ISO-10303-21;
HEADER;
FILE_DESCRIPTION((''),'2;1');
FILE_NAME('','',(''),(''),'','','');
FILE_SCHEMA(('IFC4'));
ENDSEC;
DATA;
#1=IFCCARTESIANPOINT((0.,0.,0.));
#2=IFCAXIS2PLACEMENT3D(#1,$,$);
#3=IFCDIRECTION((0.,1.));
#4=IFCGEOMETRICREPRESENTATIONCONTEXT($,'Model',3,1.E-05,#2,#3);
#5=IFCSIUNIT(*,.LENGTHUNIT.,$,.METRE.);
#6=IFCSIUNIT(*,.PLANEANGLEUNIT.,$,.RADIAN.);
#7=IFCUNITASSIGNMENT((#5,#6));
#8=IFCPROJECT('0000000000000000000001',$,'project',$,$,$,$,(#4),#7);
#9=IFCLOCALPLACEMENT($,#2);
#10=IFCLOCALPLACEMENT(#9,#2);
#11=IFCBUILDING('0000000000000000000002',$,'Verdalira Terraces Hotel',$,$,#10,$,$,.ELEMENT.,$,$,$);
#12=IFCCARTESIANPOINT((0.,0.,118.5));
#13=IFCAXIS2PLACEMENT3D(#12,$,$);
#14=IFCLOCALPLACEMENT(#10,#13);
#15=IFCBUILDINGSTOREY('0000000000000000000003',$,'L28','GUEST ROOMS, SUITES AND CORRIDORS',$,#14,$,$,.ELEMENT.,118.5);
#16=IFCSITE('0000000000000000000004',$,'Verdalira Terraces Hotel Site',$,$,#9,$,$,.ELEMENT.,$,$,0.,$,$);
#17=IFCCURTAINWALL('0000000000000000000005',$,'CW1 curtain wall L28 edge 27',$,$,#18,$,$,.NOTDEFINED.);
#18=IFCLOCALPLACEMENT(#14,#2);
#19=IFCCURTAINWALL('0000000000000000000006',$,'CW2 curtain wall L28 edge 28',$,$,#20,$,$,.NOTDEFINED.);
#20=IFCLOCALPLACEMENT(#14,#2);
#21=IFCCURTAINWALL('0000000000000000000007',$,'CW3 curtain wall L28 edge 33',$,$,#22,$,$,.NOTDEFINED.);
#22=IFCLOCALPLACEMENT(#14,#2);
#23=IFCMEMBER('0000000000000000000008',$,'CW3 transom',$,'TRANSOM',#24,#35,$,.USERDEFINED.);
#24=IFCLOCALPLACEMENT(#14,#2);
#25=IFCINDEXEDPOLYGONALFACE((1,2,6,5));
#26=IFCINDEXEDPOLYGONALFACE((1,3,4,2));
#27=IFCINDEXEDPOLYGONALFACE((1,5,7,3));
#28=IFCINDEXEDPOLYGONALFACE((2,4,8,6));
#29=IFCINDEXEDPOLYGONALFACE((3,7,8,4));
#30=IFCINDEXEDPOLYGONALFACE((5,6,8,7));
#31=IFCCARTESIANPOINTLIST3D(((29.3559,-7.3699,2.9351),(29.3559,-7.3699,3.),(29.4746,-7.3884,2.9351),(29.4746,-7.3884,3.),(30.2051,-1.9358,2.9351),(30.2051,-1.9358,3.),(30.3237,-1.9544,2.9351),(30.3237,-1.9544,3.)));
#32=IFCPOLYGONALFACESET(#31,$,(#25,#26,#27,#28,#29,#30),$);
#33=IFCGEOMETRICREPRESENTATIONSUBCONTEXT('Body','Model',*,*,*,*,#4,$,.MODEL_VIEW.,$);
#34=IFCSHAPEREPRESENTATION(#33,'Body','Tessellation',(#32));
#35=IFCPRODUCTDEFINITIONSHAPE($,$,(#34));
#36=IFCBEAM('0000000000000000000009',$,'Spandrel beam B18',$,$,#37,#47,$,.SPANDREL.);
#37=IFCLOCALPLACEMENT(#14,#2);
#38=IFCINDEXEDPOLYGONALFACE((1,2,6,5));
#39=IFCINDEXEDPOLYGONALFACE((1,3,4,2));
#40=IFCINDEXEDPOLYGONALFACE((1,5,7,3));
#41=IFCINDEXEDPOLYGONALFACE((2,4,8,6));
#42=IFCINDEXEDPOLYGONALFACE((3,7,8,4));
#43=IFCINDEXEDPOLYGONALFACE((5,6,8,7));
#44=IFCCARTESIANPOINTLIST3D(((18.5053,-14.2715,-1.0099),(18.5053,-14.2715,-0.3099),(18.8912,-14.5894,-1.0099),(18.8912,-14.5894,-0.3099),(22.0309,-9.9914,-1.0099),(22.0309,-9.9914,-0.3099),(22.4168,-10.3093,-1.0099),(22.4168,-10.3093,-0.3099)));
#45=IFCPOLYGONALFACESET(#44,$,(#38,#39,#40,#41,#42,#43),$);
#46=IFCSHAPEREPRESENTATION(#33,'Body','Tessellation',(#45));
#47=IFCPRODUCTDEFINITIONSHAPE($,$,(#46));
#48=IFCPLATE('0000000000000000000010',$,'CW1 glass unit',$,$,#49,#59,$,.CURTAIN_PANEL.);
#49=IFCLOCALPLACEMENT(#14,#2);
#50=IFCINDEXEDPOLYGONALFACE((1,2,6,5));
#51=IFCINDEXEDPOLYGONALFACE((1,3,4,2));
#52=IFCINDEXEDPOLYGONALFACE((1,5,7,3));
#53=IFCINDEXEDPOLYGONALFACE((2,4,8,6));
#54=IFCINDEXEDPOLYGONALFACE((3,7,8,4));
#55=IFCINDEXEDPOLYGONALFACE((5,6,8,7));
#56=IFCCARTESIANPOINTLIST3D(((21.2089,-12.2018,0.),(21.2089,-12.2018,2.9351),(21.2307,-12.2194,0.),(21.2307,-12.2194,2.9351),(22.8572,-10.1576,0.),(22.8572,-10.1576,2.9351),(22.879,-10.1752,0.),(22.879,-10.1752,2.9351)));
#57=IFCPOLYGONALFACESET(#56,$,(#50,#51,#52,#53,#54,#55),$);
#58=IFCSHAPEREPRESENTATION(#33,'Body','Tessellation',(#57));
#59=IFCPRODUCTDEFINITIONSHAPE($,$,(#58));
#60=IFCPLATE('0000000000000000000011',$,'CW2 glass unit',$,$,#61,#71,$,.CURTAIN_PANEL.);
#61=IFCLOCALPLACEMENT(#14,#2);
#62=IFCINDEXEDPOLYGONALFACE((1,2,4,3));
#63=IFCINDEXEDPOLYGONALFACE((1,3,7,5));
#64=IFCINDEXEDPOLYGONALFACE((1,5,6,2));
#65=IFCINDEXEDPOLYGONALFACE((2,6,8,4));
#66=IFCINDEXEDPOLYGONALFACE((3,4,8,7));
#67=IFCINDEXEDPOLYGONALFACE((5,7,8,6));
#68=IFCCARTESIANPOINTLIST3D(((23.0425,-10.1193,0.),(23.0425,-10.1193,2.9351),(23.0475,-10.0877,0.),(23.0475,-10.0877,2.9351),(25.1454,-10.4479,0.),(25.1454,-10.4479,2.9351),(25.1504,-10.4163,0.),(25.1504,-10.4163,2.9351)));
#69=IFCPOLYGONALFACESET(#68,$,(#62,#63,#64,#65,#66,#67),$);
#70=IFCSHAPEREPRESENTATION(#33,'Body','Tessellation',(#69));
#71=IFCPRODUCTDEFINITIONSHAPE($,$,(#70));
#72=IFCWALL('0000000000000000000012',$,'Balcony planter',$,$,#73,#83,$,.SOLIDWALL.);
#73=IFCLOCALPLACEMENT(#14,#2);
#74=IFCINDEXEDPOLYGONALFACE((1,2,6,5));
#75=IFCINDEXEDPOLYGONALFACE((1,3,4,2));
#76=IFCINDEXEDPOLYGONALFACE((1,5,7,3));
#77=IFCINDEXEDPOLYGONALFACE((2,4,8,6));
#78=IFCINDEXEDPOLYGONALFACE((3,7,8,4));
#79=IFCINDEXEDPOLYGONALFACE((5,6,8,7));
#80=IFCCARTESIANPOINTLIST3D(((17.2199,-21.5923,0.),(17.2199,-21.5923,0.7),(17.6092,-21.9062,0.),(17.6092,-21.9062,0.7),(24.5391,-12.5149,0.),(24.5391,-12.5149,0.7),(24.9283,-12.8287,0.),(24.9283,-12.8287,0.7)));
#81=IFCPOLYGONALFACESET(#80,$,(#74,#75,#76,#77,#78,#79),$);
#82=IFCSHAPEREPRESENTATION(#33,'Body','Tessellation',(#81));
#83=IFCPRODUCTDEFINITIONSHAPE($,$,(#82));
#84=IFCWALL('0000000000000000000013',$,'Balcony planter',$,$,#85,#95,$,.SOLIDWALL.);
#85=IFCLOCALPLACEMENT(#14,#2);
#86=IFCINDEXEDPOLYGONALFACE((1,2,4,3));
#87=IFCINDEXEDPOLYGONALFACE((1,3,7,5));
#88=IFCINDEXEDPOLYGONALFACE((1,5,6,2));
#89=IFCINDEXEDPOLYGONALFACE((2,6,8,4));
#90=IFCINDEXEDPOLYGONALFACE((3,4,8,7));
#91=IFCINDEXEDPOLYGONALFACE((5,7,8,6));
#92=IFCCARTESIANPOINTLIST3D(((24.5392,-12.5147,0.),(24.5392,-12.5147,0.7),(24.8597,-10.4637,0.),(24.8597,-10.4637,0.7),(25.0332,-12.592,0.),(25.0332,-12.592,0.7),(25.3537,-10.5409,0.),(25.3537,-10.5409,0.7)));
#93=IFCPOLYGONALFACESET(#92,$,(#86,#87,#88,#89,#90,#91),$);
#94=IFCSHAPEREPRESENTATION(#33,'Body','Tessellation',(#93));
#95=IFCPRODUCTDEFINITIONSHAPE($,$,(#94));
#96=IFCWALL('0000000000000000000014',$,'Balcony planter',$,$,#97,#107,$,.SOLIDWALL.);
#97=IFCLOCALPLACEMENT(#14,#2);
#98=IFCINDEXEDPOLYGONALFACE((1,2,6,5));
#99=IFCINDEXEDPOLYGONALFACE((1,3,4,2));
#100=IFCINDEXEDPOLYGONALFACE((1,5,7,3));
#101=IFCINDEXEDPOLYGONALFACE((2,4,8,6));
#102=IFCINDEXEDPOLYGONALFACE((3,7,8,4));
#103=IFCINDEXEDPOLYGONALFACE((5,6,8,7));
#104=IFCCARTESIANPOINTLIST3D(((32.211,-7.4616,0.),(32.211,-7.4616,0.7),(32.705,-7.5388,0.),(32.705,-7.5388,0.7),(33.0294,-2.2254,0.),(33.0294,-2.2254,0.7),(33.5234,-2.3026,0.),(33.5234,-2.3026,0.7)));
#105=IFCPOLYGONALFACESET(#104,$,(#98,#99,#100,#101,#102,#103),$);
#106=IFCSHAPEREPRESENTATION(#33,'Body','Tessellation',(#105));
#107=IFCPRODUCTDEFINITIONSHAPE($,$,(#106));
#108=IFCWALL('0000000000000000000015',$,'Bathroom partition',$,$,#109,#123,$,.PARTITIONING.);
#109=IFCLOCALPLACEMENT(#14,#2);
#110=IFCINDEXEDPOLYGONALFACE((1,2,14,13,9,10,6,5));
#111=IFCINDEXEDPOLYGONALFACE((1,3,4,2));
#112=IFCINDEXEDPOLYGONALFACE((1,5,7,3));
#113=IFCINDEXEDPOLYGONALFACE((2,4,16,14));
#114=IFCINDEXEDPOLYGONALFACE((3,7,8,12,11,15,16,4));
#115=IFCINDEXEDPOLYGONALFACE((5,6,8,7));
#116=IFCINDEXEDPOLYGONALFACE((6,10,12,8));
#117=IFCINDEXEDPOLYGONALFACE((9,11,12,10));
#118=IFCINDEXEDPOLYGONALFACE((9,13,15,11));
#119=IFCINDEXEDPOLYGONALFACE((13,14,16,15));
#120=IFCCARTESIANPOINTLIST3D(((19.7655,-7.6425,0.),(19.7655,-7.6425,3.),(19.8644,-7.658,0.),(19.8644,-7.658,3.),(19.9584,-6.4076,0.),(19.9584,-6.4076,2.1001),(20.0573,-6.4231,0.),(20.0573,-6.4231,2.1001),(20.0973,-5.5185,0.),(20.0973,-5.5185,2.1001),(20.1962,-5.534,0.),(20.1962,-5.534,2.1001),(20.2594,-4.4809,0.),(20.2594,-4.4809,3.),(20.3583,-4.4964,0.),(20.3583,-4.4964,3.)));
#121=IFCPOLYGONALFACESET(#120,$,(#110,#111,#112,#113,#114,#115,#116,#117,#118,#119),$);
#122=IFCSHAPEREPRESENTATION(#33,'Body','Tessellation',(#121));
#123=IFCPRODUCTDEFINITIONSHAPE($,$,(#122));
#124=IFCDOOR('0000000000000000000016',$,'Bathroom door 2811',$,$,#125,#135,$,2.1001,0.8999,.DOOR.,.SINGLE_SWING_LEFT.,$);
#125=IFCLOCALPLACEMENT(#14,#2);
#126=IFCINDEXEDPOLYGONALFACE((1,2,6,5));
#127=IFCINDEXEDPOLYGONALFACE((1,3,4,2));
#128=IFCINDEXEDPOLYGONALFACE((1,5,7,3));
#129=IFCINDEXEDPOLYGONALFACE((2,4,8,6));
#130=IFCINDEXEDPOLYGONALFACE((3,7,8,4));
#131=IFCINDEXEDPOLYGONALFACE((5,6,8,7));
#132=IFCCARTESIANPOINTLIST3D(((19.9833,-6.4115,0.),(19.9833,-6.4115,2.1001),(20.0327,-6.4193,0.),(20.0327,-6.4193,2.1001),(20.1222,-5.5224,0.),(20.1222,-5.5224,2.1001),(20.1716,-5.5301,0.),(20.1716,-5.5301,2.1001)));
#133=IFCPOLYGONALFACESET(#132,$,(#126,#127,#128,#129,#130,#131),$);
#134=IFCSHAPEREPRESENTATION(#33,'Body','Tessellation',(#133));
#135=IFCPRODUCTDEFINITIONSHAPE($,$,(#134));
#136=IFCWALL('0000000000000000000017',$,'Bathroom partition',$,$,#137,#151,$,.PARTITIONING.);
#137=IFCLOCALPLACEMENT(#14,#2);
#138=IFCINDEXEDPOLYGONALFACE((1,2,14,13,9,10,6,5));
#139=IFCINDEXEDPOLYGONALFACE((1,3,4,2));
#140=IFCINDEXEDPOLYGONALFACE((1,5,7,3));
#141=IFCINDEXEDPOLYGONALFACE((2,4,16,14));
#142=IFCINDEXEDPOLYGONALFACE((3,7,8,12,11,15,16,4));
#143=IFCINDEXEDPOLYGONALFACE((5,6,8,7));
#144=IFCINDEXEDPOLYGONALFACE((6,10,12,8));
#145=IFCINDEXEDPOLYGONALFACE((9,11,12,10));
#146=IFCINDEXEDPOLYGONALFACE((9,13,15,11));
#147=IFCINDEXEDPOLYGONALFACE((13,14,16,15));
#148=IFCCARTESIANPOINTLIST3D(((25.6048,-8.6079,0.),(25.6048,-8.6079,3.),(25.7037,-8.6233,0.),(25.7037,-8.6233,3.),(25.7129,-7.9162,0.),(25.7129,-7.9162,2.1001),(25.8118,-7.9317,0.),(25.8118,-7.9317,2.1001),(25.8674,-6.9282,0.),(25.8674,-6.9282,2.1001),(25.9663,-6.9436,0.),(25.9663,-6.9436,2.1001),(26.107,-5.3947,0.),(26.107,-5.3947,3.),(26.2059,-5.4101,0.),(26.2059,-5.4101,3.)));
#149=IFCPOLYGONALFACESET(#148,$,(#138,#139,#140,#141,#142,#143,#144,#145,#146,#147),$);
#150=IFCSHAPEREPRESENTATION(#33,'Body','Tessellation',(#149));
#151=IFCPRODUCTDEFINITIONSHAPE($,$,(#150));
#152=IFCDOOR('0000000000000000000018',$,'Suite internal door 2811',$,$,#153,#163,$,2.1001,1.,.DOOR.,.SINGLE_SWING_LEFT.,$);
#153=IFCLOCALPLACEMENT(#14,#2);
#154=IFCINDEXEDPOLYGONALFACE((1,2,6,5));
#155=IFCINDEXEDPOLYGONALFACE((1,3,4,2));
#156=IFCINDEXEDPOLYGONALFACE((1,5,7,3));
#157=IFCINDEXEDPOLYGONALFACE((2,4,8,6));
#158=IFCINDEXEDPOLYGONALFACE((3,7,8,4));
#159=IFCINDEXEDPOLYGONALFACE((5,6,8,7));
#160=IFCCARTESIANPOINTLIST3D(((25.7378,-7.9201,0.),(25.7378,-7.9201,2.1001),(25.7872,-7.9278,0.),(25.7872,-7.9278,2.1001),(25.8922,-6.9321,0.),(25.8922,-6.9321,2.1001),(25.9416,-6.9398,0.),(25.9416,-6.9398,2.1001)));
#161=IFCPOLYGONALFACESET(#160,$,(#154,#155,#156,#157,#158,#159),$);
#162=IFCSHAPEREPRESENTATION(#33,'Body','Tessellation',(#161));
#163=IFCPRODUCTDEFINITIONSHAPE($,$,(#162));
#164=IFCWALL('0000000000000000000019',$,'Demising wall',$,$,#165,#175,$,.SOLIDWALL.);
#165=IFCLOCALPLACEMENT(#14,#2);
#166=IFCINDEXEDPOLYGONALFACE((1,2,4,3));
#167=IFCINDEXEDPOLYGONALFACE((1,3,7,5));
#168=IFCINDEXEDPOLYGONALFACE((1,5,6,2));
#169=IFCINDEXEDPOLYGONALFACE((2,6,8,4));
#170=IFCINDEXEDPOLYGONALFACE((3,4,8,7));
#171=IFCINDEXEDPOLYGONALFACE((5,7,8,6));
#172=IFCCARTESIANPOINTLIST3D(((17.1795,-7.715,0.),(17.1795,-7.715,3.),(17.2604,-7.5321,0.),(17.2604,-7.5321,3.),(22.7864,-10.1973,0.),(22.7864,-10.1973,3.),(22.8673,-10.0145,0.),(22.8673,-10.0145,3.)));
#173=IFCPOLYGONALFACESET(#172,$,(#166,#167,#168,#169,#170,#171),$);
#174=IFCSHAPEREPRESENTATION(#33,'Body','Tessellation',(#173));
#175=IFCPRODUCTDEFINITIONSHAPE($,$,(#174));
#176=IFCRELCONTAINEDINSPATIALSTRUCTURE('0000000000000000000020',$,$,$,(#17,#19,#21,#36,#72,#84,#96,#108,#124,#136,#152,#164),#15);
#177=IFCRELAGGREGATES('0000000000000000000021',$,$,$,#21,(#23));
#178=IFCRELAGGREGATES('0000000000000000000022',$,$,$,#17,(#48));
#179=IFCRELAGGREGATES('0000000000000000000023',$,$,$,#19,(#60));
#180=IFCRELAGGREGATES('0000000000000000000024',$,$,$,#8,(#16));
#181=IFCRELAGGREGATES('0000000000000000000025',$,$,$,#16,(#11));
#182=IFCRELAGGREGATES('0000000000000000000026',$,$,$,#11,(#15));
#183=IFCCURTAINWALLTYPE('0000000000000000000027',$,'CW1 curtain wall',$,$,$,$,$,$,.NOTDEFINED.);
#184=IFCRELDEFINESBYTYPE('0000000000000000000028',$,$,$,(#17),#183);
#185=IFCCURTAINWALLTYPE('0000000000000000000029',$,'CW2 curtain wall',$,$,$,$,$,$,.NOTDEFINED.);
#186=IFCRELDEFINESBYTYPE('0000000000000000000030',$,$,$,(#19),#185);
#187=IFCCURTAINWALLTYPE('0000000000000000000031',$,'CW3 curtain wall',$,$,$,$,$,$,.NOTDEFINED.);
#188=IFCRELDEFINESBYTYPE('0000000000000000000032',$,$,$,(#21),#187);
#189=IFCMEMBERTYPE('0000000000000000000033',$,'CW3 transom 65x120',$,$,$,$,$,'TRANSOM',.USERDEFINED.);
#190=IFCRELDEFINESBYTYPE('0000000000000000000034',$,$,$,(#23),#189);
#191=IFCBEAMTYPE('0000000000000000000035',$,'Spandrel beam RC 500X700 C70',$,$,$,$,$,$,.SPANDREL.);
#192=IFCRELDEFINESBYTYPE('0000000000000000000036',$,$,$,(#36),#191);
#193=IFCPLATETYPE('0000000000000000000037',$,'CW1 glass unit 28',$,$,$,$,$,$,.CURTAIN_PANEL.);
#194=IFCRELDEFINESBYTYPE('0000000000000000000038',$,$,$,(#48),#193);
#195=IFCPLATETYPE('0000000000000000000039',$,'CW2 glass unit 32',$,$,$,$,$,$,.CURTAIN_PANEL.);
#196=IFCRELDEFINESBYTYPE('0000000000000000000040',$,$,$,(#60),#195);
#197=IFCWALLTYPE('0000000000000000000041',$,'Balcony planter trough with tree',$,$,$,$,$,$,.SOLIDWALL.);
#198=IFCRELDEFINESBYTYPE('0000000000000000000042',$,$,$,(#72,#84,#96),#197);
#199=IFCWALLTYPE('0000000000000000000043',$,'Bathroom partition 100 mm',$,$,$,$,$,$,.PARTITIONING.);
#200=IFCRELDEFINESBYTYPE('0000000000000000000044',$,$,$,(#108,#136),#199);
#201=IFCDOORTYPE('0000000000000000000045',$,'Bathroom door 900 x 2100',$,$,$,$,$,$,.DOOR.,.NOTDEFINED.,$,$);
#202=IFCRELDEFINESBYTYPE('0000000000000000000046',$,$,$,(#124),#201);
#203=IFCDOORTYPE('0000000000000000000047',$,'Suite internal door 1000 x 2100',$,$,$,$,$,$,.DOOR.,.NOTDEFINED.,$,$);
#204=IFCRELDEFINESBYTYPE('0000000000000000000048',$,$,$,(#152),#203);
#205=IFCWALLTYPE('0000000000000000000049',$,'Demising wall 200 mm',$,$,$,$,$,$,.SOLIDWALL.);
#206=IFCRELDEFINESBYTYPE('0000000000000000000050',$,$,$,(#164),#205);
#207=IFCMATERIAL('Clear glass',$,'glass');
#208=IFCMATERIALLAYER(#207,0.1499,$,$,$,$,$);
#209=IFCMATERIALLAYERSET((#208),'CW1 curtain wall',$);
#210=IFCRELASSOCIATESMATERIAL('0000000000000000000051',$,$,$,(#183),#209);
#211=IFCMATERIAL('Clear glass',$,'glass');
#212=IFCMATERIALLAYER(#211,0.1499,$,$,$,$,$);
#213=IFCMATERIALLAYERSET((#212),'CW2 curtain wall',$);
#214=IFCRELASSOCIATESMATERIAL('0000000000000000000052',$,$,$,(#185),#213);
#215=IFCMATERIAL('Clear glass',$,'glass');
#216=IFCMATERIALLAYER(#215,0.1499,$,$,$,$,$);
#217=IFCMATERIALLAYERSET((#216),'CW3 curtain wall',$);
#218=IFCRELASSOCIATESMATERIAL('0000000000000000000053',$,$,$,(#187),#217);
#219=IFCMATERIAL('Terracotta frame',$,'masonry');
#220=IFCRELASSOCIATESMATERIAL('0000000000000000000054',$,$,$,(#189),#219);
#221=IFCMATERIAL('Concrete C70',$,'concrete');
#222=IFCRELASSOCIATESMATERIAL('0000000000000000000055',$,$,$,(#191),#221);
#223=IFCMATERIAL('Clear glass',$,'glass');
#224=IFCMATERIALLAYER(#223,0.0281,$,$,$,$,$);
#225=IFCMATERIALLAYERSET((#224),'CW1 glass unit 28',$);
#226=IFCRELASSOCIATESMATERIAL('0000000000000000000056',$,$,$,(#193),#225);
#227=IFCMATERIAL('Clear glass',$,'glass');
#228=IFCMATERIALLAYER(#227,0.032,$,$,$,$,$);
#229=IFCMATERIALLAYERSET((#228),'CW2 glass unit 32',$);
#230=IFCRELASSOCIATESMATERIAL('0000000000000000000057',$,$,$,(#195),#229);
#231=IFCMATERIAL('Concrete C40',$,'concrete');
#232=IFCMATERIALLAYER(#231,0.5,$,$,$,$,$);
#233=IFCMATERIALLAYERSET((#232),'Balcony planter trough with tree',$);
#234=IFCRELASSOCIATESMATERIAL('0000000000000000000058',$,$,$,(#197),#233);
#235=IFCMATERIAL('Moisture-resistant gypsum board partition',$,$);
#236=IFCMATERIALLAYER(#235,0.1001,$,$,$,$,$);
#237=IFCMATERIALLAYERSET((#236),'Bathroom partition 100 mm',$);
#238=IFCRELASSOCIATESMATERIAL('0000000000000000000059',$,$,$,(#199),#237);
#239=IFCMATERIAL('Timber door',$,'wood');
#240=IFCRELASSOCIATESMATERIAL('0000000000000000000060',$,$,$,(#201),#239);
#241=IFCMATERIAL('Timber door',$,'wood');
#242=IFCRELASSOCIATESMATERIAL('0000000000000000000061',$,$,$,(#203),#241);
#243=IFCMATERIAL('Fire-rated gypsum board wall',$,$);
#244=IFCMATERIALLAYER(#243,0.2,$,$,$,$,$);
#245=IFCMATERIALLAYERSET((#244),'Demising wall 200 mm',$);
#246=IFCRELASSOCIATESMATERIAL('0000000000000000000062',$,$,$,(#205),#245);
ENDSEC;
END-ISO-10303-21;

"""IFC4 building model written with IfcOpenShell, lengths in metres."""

from ifc_helpers import new_model, si_unit, direction, frame, frame_2d, origin, origin_2d, place, context, subcontext, project, spatial, rectangle, extrude, material, layer, layer_set, material_profile, profile_set, type_object, element, fill, aggregate, save


model = new_model("IFC4")

# Units and contexts
model_context = context("Model", 3, precision=1e-05, world=origin(), true_north=direction((0.0, 1.0)))
body_context = subcontext(model_context, "Body", "Model", "MODEL_VIEW")
ifc_project = project(units=[si_unit("LENGTHUNIT", "METRE"), si_unit("PLANEANGLEUNIT", "RADIAN")], contexts=[model_context])

# Site, building, storey
site_placement = place(None, origin())
site = spatial("IfcSite", under=ifc_project, at=site_placement, Name="Verdalira Terraces Hotel Site", CompositionType="ELEMENT", RefElevation=0.0)
building_placement = place(site_placement, origin())
building = spatial("IfcBuilding", under=site, at=building_placement, Name="Verdalira Terraces Hotel", CompositionType="ELEMENT")
storey_placement = place(building_placement, frame((0.0, 0.0, 118.5)))
storey = spatial("IfcBuildingStorey", under=building, at=storey_placement, Name="L28", Description="GUEST ROOMS, SUITES AND CORRIDORS", CompositionType="ELEMENT", Elevation=118.5)

# Curtain wall
ifc_material_1 = material(Name="Clear glass", Category="glass")
ifc_layer_1 = layer(ifc_material_1, 0.1499)
ifc_layer_set_1 = layer_set([ifc_layer_1], Name="CW1 curtain wall")
curtain_wall_type_1 = type_object("IfcCurtainWallType", Name="CW1 curtain wall", PredefinedType="NOTDEFINED", material=ifc_layer_set_1)
curtain_wall_1_placement = place(storey_placement, origin())
curtain_wall_1 = element("IfcCurtainWall", 1, at=curtain_wall_1_placement, inside=storey, type_object=curtain_wall_type_1, Name="CW1 curtain wall L28 edge 27", PredefinedType="NOTDEFINED")

# Curtain walls, member
ifc_material_2 = material(Name="Clear glass", Category="glass")
ifc_layer_2 = layer(ifc_material_2, 0.1499)
ifc_layer_set_2 = layer_set([ifc_layer_2], Name="CW2 curtain wall")
curtain_wall_type_2 = type_object("IfcCurtainWallType", Name="CW2 curtain wall", PredefinedType="NOTDEFINED", material=ifc_layer_set_2)
curtain_wall_2_placement = place(storey_placement, origin())
curtain_wall_2 = element("IfcCurtainWall", 2, at=curtain_wall_2_placement, inside=storey, type_object=curtain_wall_type_2, Name="CW2 curtain wall L28 edge 28", PredefinedType="NOTDEFINED")
ifc_material_3 = material(Name="Clear glass", Category="glass")
ifc_layer_3 = layer(ifc_material_3, 0.1499)
ifc_layer_set_3 = layer_set([ifc_layer_3], Name="CW3 curtain wall")
curtain_wall_type_3 = type_object("IfcCurtainWallType", Name="CW3 curtain wall", PredefinedType="NOTDEFINED", material=ifc_layer_set_3)
curtain_wall_3_placement = place(storey_placement, origin())
curtain_wall_3 = element("IfcCurtainWall", 3, at=curtain_wall_3_placement, inside=storey, type_object=curtain_wall_type_3, Name="CW3 curtain wall L28 edge 33", PredefinedType="NOTDEFINED")
ifc_material_4 = material(Name="Terracotta frame", Category="masonry")
ifc_material_profile_1 = material_profile(ifc_material_4, rectangle(XDim=0.1201, YDim=0.0649, at=origin_2d()), Name="TR 65x120")
ifc_profile_set_1 = profile_set([ifc_material_profile_1], Name="Terracotta frame")
member_type_1 = type_object("IfcMemberType", Name="CW3 transom 65x120", ElementType="TRANSOM", PredefinedType="USERDEFINED", material=ifc_profile_set_1)
member_1_placement = place(storey_placement, frame((29.4153, -7.3792, 2.9675), z_axis=(0.154385, 0.988011, 0.0), x_axis=(-0.988011, 0.154385, 0.0)))
member_1 = element("IfcMember", 4, at=member_1_placement, type_object=member_type_1, Name="CW3 transom", ObjectType="TRANSOM", PredefinedType="USERDEFINED", context=body_context, shape_type="SweptSolid", body=[
    extrude(rectangle(XDim=0.1201, YDim=0.0649, at=origin_2d()), origin(), (0.0, 0.0, 1.0), 5.5),
])
aggregate(curtain_wall_3, [member_1])

# Beam
ifc_material_5 = material(Name="Concrete C70", Category="concrete")
ifc_material_profile_2 = material_profile(ifc_material_5, rectangle(XDim=0.5, YDim=0.7, at=origin_2d()), Name="RC 500X700")
ifc_profile_set_2 = profile_set([ifc_material_profile_2], Name="Concrete C70")
beam_type_1 = type_object("IfcBeamType", Name="Spandrel beam RC 500X700 C70", PredefinedType="SPANDREL", material=ifc_profile_set_2)
beam_1_placement = place(storey_placement, frame((18.6982, -14.4304, -0.6599), z_axis=(0.635804, 0.77185, 0.0), x_axis=(-0.77185, 0.635804, 0.0)))
element("IfcBeam", 5, at=beam_1_placement, inside=storey, type_object=beam_type_1, Name="Spandrel beam B18", PredefinedType="SPANDREL", context=body_context, shape_type="SweptSolid", body=[
    extrude(rectangle(XDim=0.5, YDim=0.7, at=origin_2d()), origin(), (0.0, 0.0, 1.0), 5.5452),
])

# Plates
ifc_material_6 = material(Name="Clear glass", Category="glass")
ifc_layer_4 = layer(ifc_material_6, 0.0281)
ifc_layer_set_4 = layer_set([ifc_layer_4], Name="CW1 glass unit 28")
plate_type_1 = type_object("IfcPlateType", Name="CW1 glass unit 28", PredefinedType="CURTAIN_PANEL", material=ifc_layer_set_4)
plate_1_placement = place(storey_placement, frame((22.0439, -11.1885, 0.0), z_axis=(0.0, 0.0, 1.0), x_axis=(0.627691, 0.778462, 0.0)))
plate_1 = element("IfcPlate", 6, at=plate_1_placement, type_object=plate_type_1, Name="CW1 glass unit", PredefinedType="CURTAIN_PANEL", context=body_context, shape_type="SweptSolid", body=[
    extrude(rectangle(XDim=2.626, YDim=0.0281, at=origin_2d()), origin(), (0.0, 0.0, 1.0), 2.9351),
])
aggregate(curtain_wall_1, [plate_1])
ifc_material_7 = material(Name="Clear glass", Category="glass")
ifc_layer_5 = layer(ifc_material_7, 0.032)
ifc_layer_set_5 = layer_set([ifc_layer_5], Name="CW2 glass unit 32")
plate_type_2 = type_object("IfcPlateType", Name="CW2 glass unit 32", PredefinedType="CURTAIN_PANEL", material=ifc_layer_set_5)
plate_2_placement = place(storey_placement, frame((24.0964, -10.2678, 0.0), z_axis=(0.0, 0.0, 1.0), x_axis=(0.988014, -0.154366, 0.0)))
plate_2 = element("IfcPlate", 7, at=plate_2_placement, type_object=plate_type_2, Name="CW2 glass unit", PredefinedType="CURTAIN_PANEL", context=body_context, shape_type="SweptSolid", body=[
    extrude(rectangle(XDim=2.1284, YDim=0.032, at=origin_2d()), origin(), (0.0, 0.0, 1.0), 2.9351),
])
aggregate(curtain_wall_2, [plate_2])

# Walls
ifc_material_8 = material(Name="Concrete C40", Category="concrete")
ifc_layer_6 = layer(ifc_material_8, 0.5)
ifc_layer_set_6 = layer_set([ifc_layer_6], Name="Balcony planter trough with tree")
wall_type_1 = type_object("IfcWallType", Name="Balcony planter trough with tree", PredefinedType="SOLIDWALL", material=ifc_layer_set_6)
wall_1_placement = place(storey_placement, frame((17.4146, -21.7493, 0.0), z_axis=(0.0, 0.0, 1.0), x_axis=(0.62768, 0.778471, 0.0)))
element("IfcWall", 8, at=wall_1_placement, inside=storey, type_object=wall_type_1, Name="Balcony planter", PredefinedType="SOLIDWALL", context=body_context, shape_type="SweptSolid", body=[
    extrude(rectangle(XDim=11.6606, YDim=0.5, at=frame_2d((5.8303, 0.0))), origin(), (0.0, 0.0, 1.0), 0.7),
])
wall_2_placement = place(storey_placement, frame((24.7861, -12.5535, 0.0), z_axis=(0.0, 0.0, 1.0), x_axis=(0.154416, 0.988006, 0.0)))
element("IfcWall", 9, at=wall_2_placement, inside=storey, type_object=wall_type_1, Name="Balcony planter", PredefinedType="SOLIDWALL", context=body_context, shape_type="SweptSolid", body=[
    extrude(rectangle(XDim=2.0759, YDim=0.5, at=frame_2d((1.0381, 0.0))), origin(), (0.0, 0.0, 1.0), 0.7),
])
wall_3_placement = place(storey_placement, frame((32.458, -7.5002, 0.0), z_axis=(0.0, 0.0, 1.0), x_axis=(0.154411, 0.988007, 0.0)))
element("IfcWall", 10, at=wall_3_placement, inside=storey, type_object=wall_type_1, Name="Balcony planter", PredefinedType="SOLIDWALL", context=body_context, shape_type="SweptSolid", body=[
    extrude(rectangle(XDim=5.2998, YDim=0.5, at=frame_2d((2.6499, 0.0))), origin(), (0.0, 0.0, 1.0), 0.7),
])

# Walls, openings, doors
ifc_material_9 = material(Name="Moisture-resistant gypsum board partition")
ifc_layer_7 = layer(ifc_material_9, 0.1001)
ifc_layer_set_7 = layer_set([ifc_layer_7], Name="Bathroom partition 100 mm")
wall_type_2 = type_object("IfcWallType", Name="Bathroom partition 100 mm", PredefinedType="PARTITIONING", material=ifc_layer_set_7)
wall_4_placement = place(storey_placement, frame((19.8149, -7.6504, 0.0), z_axis=(0.0, 0.0, 1.0), x_axis=(0.154344, 0.988017, 0.0)))
wall_4 = element("IfcWall", 11, at=wall_4_placement, inside=storey, type_object=wall_type_2, Name="Bathroom partition", PredefinedType="PARTITIONING", context=body_context, shape_type="SweptSolid", body=[
    extrude(rectangle(XDim=3.2, YDim=0.1001, at=frame_2d((1.6001, 0.0))), origin(), (0.0, 0.0, 1.0), 3.0),
])
opening_1_placement = place(wall_4_placement, frame((1.25, 0.0, 0.0)))
opening_1 = element("IfcOpeningElement", 12, at=opening_1_placement, cuts=wall_4, PredefinedType="OPENING", context=body_context, shape_type="SweptSolid", body=[
    extrude(rectangle(XDim=0.8999, YDim=2.1001, at=frame_2d((0.45, 1.05))), frame((0.0, 0.0601, 0.0), z_axis=(0.0, -1.0, 0.0), x_axis=(1.0, 0.0, 0.0)), (0.0, 0.0, 1.0), 0.1201),
])
ifc_material_10 = material(Name="Timber door", Category="wood")
door_type_1 = type_object("IfcDoorType", Name="Bathroom door 900 x 2100", OperationType="NOTDEFINED", PredefinedType="DOOR", material=ifc_material_10)
door_1_placement = place(opening_1_placement, origin())
door_1 = element("IfcDoor", 13, at=door_1_placement, inside=storey, type_object=door_type_1, Name="Bathroom door 2811", OperationType="SINGLE_SWING_LEFT", OverallHeight=2.1001, OverallWidth=0.8999, PredefinedType="DOOR", context=body_context, shape_type="SweptSolid", body=[
    extrude(rectangle(XDim=0.8999, YDim=2.1001, at=frame_2d((0.45, 1.05))), frame((0.0, 0.0249, 0.0), z_axis=(0.0, -1.0, 0.0), x_axis=(1.0, 0.0, 0.0)), (0.0, 0.0, 1.0), 0.05),
])
fill(opening_1, door_1)
wall_5_placement = place(storey_placement, frame((25.6543, -8.6155, 0.0), z_axis=(0.0, 0.0, 1.0), x_axis=(0.15442, 0.988005, 0.0)))
wall_5 = element("IfcWall", 14, at=wall_5_placement, inside=storey, type_object=wall_type_2, Name="Bathroom partition", PredefinedType="PARTITIONING", context=body_context, shape_type="SweptSolid", body=[
    extrude(rectangle(XDim=3.2522, YDim=0.1001, at=frame_2d((1.626, 0.0))), origin(), (0.0, 0.0, 1.0), 3.0),
])
opening_2_placement = place(wall_5_placement, frame((0.7, 0.0, 0.0)))
opening_2 = element("IfcOpeningElement", 15, at=opening_2_placement, cuts=wall_5, PredefinedType="OPENING", context=body_context, shape_type="SweptSolid", body=[
    extrude(rectangle(XDim=1.0, YDim=2.1001, at=frame_2d((0.5, 1.05))), frame((0.0, 0.0601, 0.0), z_axis=(0.0, -1.0, 0.0), x_axis=(1.0, 0.0, 0.0)), (0.0, 0.0, 1.0), 0.1201),
])
ifc_material_11 = material(Name="Timber door", Category="wood")
door_type_2 = type_object("IfcDoorType", Name="Suite internal door 1000 x 2100", OperationType="NOTDEFINED", PredefinedType="DOOR", material=ifc_material_11)
door_2_placement = place(opening_2_placement, origin())
door_2 = element("IfcDoor", 16, at=door_2_placement, inside=storey, type_object=door_type_2, Name="Suite internal door 2811", OperationType="SINGLE_SWING_LEFT", OverallHeight=2.1001, OverallWidth=1.0, PredefinedType="DOOR", context=body_context, shape_type="SweptSolid", body=[
    extrude(rectangle(XDim=1.0, YDim=2.1001, at=frame_2d((0.5, 1.05))), frame((0.0, 0.0249, 0.0), z_axis=(0.0, -1.0, 0.0), x_axis=(1.0, 0.0, 0.0)), (0.0, 0.0, 1.0), 0.05),
])
fill(opening_2, door_2)

# Wall
ifc_material_12 = material(Name="Fire-rated gypsum board wall")
ifc_layer_8 = layer(ifc_material_12, 0.2)
ifc_layer_set_8 = layer_set([ifc_layer_8], Name="Demising wall 200 mm")
wall_type_3 = type_object("IfcWallType", Name="Demising wall 200 mm", PredefinedType="SOLIDWALL", material=ifc_layer_set_8)
wall_6_placement = place(storey_placement, frame((17.22, -7.6235, 0.0), z_axis=(0.0, 0.0, 1.0), x_axis=(0.914389, -0.404838, 0.0)))
element("IfcWall", 17, at=wall_6_placement, inside=storey, type_object=wall_type_3, Name="Demising wall", PredefinedType="SOLIDWALL", context=body_context, shape_type="SweptSolid", body=[
    extrude(rectangle(XDim=6.1318, YDim=0.2, at=frame_2d((3.0659, 0.0))), origin(), (0.0, 0.0, 1.0), 3.0),
])

save(model, "model.ifc")
